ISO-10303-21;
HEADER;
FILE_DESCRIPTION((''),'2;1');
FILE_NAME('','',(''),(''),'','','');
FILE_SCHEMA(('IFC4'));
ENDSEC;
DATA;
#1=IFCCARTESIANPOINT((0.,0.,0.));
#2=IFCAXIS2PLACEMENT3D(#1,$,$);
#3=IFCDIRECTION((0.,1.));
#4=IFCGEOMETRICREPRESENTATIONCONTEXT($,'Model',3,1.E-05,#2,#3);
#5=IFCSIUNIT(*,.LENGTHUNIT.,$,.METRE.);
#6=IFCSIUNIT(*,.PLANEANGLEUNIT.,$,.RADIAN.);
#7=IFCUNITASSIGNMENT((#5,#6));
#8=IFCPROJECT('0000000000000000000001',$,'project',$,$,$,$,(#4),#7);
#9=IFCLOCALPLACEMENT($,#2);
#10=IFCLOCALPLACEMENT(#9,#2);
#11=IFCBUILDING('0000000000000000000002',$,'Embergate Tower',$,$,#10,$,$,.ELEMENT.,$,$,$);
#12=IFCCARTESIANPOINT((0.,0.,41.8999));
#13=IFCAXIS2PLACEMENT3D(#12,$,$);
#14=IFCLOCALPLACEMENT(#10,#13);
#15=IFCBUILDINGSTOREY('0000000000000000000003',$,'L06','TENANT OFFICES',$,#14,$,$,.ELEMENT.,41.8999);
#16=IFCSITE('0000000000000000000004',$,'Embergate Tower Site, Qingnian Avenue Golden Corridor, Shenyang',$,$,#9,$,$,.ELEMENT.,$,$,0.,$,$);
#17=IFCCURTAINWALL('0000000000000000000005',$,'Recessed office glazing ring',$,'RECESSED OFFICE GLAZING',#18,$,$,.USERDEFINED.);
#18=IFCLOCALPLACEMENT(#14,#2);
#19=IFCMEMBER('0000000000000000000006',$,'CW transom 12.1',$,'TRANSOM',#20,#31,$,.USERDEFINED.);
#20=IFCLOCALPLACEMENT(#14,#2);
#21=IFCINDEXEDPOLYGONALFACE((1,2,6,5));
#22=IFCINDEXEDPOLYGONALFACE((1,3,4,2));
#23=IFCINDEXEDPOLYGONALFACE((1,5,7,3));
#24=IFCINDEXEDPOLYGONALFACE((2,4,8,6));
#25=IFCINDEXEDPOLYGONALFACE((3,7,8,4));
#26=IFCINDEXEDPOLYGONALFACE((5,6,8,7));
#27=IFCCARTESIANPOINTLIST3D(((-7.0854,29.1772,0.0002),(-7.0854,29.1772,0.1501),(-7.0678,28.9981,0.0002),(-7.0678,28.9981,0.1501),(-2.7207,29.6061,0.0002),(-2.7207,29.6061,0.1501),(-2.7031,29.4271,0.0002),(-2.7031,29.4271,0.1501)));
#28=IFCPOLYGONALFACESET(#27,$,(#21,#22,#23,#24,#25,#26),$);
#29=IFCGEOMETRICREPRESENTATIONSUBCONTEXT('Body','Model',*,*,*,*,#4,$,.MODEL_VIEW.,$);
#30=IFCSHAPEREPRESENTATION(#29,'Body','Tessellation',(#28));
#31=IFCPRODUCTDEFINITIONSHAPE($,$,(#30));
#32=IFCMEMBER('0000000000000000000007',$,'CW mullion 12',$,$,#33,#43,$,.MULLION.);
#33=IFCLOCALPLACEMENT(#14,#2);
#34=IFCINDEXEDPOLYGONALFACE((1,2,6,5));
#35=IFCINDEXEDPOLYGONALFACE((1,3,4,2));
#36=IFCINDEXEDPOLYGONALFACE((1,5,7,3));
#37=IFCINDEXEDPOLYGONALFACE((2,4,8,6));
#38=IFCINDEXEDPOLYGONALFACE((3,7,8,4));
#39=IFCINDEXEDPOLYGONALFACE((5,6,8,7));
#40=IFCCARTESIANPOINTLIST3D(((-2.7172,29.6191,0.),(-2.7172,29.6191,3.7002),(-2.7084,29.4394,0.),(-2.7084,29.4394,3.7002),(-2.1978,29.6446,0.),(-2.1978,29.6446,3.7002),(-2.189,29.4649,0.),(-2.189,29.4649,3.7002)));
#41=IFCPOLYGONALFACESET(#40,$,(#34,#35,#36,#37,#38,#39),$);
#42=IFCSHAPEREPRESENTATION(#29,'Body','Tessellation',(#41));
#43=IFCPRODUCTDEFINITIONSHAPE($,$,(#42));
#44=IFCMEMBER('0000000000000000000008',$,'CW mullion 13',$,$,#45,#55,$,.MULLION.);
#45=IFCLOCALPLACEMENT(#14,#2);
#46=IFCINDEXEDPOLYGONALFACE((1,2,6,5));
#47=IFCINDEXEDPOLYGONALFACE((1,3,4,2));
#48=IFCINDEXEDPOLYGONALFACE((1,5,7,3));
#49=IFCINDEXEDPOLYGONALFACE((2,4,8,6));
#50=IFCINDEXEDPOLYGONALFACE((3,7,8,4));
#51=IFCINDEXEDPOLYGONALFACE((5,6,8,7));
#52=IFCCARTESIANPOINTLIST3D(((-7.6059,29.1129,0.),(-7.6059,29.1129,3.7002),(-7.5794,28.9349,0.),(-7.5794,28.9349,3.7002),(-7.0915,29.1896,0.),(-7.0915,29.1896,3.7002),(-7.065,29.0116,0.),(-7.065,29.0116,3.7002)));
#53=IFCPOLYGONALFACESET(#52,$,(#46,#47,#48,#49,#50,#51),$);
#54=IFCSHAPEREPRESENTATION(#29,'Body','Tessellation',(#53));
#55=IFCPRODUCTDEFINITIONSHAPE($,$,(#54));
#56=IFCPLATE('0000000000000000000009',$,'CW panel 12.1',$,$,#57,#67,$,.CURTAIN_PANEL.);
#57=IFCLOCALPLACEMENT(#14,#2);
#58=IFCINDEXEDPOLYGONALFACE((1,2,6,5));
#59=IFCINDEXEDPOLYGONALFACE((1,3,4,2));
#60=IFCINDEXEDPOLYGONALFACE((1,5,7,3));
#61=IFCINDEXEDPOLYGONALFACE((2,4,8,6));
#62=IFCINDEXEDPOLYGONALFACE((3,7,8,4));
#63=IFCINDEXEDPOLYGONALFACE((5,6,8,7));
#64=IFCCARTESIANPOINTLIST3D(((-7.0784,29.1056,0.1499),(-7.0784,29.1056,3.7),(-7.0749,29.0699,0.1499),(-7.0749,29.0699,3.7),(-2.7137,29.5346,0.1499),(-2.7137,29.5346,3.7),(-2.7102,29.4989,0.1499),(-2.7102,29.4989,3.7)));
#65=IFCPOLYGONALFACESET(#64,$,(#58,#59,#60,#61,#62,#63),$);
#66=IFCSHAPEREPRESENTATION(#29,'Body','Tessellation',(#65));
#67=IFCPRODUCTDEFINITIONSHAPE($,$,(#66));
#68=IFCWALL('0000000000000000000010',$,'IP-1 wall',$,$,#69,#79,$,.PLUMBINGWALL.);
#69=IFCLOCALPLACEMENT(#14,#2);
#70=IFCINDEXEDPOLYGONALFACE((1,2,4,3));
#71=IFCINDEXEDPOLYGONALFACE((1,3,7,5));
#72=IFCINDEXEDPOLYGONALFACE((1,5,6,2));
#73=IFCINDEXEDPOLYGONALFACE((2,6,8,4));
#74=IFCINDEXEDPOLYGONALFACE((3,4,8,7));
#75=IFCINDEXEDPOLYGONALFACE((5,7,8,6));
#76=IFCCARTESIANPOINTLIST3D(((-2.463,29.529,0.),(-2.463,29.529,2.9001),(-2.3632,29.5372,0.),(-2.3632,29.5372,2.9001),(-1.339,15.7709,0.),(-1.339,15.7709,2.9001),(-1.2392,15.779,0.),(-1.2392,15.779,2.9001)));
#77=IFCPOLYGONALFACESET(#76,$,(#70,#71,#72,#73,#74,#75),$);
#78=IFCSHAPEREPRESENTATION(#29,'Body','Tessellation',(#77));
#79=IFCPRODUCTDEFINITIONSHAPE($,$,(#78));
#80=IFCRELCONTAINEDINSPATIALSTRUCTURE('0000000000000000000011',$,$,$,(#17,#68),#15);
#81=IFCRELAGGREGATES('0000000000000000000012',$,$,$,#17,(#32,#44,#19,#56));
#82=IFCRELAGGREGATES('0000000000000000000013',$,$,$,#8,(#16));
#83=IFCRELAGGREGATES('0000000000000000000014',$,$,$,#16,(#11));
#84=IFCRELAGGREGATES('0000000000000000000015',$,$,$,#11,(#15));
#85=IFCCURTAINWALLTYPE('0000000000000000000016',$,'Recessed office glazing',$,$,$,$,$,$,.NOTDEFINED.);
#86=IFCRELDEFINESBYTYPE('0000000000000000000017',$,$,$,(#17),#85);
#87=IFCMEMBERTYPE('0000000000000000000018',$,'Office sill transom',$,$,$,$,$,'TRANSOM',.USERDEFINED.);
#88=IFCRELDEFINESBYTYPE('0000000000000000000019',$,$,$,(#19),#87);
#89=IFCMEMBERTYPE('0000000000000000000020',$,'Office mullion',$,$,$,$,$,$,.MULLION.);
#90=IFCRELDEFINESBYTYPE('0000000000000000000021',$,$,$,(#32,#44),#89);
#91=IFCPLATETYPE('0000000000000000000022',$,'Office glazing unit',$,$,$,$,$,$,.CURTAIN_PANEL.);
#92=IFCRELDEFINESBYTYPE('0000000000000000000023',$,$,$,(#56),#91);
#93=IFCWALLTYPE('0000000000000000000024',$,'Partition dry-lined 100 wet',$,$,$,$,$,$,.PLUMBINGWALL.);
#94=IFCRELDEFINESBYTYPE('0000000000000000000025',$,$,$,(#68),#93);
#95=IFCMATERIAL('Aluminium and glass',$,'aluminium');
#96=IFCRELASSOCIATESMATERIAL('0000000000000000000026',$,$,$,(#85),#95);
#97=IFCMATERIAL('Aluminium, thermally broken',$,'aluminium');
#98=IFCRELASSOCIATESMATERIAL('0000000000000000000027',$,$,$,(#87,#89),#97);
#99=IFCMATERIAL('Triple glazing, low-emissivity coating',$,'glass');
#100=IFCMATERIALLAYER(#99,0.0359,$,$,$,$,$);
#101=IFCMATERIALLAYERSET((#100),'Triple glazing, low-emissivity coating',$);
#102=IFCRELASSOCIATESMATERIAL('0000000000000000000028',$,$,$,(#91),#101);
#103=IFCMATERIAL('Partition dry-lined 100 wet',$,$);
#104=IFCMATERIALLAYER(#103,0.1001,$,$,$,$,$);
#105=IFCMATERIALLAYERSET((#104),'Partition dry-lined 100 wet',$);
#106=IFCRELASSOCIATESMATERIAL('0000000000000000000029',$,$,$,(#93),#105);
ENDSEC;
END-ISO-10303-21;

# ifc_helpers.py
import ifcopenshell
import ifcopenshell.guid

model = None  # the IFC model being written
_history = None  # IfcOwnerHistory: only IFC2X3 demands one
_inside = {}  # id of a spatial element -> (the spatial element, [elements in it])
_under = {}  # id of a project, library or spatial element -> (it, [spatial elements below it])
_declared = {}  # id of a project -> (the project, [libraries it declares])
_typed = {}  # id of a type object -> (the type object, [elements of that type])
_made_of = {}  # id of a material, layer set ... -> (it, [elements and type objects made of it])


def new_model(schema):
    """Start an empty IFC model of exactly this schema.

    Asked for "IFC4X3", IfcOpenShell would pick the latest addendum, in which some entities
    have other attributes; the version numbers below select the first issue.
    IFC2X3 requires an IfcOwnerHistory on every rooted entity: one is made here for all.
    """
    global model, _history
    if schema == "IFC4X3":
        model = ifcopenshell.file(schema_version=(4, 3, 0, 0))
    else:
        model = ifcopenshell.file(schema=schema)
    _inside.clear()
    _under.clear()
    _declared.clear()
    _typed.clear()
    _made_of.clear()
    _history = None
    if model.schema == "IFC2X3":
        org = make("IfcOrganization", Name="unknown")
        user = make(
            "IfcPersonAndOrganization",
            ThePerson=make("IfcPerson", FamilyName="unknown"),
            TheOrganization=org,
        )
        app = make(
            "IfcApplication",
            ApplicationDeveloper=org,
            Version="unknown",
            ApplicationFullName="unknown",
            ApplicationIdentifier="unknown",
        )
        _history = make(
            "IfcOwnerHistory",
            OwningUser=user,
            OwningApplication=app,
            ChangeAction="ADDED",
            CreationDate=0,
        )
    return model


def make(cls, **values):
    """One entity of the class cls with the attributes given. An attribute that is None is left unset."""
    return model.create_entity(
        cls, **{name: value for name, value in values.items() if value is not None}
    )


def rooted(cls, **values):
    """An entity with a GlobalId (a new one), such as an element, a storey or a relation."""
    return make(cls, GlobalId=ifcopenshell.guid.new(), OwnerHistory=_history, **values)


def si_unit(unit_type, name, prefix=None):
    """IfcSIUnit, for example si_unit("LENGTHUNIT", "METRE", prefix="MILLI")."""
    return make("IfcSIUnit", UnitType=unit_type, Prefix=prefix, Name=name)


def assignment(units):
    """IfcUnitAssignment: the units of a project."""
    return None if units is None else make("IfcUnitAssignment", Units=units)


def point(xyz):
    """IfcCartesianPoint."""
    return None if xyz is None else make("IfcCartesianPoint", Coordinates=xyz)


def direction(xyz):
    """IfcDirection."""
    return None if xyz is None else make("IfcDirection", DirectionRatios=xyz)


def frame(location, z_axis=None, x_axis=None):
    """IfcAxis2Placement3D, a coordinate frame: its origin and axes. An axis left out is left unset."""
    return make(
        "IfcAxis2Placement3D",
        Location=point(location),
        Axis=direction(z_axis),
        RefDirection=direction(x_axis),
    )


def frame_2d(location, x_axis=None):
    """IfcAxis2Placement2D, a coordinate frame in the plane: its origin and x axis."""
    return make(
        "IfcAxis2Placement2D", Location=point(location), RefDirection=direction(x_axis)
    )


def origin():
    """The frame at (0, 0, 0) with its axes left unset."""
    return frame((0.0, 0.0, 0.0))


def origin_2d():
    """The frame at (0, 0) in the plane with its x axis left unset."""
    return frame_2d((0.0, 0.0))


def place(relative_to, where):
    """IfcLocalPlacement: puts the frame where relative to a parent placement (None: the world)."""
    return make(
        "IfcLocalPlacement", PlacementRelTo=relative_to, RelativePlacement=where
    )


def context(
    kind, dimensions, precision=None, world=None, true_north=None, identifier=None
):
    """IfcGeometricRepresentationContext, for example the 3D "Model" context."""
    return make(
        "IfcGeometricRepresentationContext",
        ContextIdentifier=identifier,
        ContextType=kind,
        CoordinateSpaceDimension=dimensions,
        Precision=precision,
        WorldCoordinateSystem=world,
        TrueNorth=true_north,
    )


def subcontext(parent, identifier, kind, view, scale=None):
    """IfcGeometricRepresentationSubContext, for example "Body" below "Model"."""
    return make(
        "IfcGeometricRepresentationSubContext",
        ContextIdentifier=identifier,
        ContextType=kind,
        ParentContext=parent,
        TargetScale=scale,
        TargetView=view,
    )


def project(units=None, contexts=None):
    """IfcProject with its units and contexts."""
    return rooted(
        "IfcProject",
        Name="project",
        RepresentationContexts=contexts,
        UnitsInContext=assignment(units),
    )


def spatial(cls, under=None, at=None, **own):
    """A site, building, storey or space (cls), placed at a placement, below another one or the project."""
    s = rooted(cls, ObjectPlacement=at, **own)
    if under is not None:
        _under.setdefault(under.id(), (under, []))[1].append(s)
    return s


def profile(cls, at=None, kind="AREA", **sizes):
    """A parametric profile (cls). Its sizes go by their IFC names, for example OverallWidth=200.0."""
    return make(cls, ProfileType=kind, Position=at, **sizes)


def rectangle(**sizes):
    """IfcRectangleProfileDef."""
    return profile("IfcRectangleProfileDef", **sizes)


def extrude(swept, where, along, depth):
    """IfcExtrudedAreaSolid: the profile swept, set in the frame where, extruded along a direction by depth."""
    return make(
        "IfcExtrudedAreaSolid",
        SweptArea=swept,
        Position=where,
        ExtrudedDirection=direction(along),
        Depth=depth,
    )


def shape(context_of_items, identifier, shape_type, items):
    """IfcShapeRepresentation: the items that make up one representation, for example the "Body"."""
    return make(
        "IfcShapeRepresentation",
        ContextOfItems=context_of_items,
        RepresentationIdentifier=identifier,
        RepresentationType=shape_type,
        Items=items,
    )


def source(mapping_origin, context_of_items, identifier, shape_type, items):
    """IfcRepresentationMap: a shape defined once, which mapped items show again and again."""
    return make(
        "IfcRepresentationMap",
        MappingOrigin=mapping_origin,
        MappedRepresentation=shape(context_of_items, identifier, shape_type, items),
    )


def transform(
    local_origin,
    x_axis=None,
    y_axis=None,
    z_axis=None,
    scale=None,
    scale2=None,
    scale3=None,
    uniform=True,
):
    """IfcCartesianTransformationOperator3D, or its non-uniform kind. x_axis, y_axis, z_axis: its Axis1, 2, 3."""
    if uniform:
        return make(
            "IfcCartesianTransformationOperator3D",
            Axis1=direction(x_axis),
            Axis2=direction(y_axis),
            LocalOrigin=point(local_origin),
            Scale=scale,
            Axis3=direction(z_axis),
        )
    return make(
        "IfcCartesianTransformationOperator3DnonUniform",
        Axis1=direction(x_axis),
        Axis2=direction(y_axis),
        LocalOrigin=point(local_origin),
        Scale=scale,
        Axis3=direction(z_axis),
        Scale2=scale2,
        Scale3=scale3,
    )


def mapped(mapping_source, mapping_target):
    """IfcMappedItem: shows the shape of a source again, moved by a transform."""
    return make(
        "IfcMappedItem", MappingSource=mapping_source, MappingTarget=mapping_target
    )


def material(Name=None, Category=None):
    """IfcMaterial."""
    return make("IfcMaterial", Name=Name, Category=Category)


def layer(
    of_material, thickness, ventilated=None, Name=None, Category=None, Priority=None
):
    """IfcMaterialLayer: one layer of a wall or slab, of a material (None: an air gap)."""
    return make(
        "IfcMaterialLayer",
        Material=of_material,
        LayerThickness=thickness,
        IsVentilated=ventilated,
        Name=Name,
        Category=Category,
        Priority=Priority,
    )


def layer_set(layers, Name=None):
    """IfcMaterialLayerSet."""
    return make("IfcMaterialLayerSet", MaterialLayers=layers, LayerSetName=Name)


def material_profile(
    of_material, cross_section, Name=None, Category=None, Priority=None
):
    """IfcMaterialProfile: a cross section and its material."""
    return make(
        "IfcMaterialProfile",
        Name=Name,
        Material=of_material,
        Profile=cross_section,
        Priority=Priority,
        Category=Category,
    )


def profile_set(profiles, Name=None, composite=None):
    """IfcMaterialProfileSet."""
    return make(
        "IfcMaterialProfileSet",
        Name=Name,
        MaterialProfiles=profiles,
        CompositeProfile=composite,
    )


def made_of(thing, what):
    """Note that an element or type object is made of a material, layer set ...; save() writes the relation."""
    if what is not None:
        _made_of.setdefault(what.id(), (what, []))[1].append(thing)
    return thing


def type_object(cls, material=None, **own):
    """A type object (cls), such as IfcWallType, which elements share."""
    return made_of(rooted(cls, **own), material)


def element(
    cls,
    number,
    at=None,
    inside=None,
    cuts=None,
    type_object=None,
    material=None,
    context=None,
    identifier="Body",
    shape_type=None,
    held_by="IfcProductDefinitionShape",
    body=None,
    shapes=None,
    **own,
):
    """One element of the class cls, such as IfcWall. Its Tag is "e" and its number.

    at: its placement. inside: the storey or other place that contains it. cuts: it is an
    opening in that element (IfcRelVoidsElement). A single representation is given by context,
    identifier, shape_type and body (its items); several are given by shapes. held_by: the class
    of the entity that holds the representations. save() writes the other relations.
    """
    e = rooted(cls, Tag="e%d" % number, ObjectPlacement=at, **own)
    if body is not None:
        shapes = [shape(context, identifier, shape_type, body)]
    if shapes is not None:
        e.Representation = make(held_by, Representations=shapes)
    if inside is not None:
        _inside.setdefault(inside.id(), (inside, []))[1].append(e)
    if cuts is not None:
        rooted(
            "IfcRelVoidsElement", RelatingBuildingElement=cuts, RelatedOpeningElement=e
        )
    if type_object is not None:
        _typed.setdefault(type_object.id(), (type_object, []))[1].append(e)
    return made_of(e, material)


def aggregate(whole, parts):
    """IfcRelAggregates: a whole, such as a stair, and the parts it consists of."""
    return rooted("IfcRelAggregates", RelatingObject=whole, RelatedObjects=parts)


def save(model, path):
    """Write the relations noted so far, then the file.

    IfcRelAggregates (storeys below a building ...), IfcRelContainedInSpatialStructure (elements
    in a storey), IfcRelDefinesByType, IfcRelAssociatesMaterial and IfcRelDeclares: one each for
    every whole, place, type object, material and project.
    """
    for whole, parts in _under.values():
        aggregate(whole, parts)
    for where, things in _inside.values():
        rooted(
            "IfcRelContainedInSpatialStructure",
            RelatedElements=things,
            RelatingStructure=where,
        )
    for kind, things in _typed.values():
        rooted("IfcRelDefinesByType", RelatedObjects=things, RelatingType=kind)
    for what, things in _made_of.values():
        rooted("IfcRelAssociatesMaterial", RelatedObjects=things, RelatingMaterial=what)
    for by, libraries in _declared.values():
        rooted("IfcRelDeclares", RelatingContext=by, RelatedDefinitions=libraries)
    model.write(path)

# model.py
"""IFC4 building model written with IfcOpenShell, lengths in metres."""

from ifc_helpers import new_model, si_unit, direction, frame, frame_2d, origin, origin_2d, place, context, subcontext, project, spatial, rectangle, extrude, source, transform, mapped, material, layer, layer_set, material_profile, profile_set, type_object, element, aggregate, save


model = new_model("IFC4")

# Units and contexts
model_context = context("Model", 3, precision=1e-05, world=origin(), true_north=direction((0.0, 1.0)))
body_context = subcontext(model_context, "Body", "Model", "MODEL_VIEW")
ifc_project = project(units=[si_unit("LENGTHUNIT", "METRE"), si_unit("PLANEANGLEUNIT", "RADIAN")], contexts=[model_context])

# Site, building, storey
site_placement = place(None, origin())
site = spatial("IfcSite", under=ifc_project, at=site_placement, Name="Embergate Tower Site, Qingnian Avenue Golden Corridor, Shenyang", CompositionType="ELEMENT", RefElevation=0.0)
building_placement = place(site_placement, origin())
building = spatial("IfcBuilding", under=site, at=building_placement, Name="Embergate Tower", CompositionType="ELEMENT")
storey_placement = place(building_placement, frame((0.0, 0.0, 41.8999)))
storey = spatial("IfcBuildingStorey", under=building, at=storey_placement, Name="L06", Description="TENANT OFFICES", CompositionType="ELEMENT", Elevation=41.8999)

# Curtain wall, members, plate
ifc_material_1 = material(Name="Aluminium and glass", Category="aluminium")
curtain_wall_type = type_object("IfcCurtainWallType", Name="Recessed office glazing", PredefinedType="NOTDEFINED", material=ifc_material_1)
curtain_wall_placement = place(storey_placement, origin())
curtain_wall = element("IfcCurtainWall", 1, at=curtain_wall_placement, inside=storey, type_object=curtain_wall_type, Name="Recessed office glazing ring", ObjectType="RECESSED OFFICE GLAZING", PredefinedType="USERDEFINED")
ifc_material_2 = material(Name="Aluminium, thermally broken", Category="aluminium")
ifc_material_profile_1 = material_profile(ifc_material_2, rectangle(XDim=0.1799, YDim=0.1499, at=origin_2d()), Name="AL 150x180")
ifc_profile_set_1 = profile_set([ifc_material_profile_1], Name="Aluminium, thermally broken")
member_type_1 = type_object("IfcMemberType", Name="Office sill transom", ElementType="TRANSOM", PredefinedType="USERDEFINED", material=ifc_profile_set_1)
shared_shape_1 = source(origin(), body_context, "Body", "SweptSolid", [
    extrude(rectangle(XDim=0.1799, YDim=0.1499, at=origin_2d()), origin(), (0.0, 0.0, 1.0), 4.3857),
])
member_1_placement = place(storey_placement, frame((-2.7119, 29.5166, 0.0752), z_axis=(-0.995205, -0.097806, 0.0), x_axis=(0.097806, -0.995205, 0.0)))
member_1 = element("IfcMember", 2, at=member_1_placement, type_object=member_type_1, Name="CW transom 12.1", ObjectType="TRANSOM", PredefinedType="USERDEFINED", context=body_context, shape_type="MappedRepresentation", body=[
    mapped(shared_shape_1, transform((0.0, 0.0, 0.0))),
])
ifc_material_profile_2 = material_profile(ifc_material_2, rectangle(XDim=0.1799, YDim=0.52, at=origin_2d()), Name="AL 520x180")
ifc_profile_set_2 = profile_set([ifc_material_profile_2], Name="Aluminium, thermally broken")
member_type_2 = type_object("IfcMemberType", Name="Office mullion", PredefinedType="MULLION", material=ifc_profile_set_2)
shared_shape_2 = source(origin(), body_context, "Body", "SweptSolid", [
    extrude(rectangle(XDim=0.1799, YDim=0.52, at=origin_2d()), origin(), (0.0, 0.0, 1.0), 3.7002),
])
member_2_placement = place(storey_placement, frame((-2.4531, 29.542, 0.0), z_axis=(0.0, 0.0, 1.0), x_axis=(0.048972, -0.9988, 0.0)))
member_2 = element("IfcMember", 3, at=member_2_placement, type_object=member_type_2, Name="CW mullion 12", PredefinedType="MULLION", context=body_context, shape_type="MappedRepresentation", body=[
    mapped(shared_shape_2, transform((0.0, 0.0, 0.0))),
])
member_3_placement = place(storey_placement, frame((-7.3354, 29.0623, 0.0), z_axis=(0.0, 0.0, 1.0), x_axis=(0.147411, -0.989075, 0.0)))
member_3 = element("IfcMember", 4, at=member_3_placement, type_object=member_type_2, Name="CW mullion 13", PredefinedType="MULLION", context=body_context, shape_type="MappedRepresentation", body=[
    mapped(shared_shape_2, transform((0.0, 0.0, 0.0))),
])
ifc_material_3 = material(Name="Triple glazing, low-emissivity coating", Category="glass")
ifc_layer_1 = layer(ifc_material_3, 0.0359)
ifc_layer_set_1 = layer_set([ifc_layer_1], Name="Triple glazing, low-emissivity coating")
plate_type = type_object("IfcPlateType", Name="Office glazing unit", PredefinedType="CURTAIN_PANEL", material=ifc_layer_set_1)
shared_shape_3 = source(origin(), body_context, "Body", "SweptSolid", [
    extrude(rectangle(XDim=4.3857, YDim=0.0359, at=origin_2d()), origin(), (0.0, 0.0, 1.0), 3.55),
])
plate_placement = place(storey_placement, frame((-4.8943, 29.3022, 0.1499), z_axis=(0.0, 0.0, 1.0), x_axis=(-0.995203, -0.09783, 0.0)))
plate = element("IfcPlate", 5, at=plate_placement, type_object=plate_type, Name="CW panel 12.1", PredefinedType="CURTAIN_PANEL", context=body_context, shape_type="MappedRepresentation", body=[
    mapped(shared_shape_3, transform((0.0, 0.0, 0.0))),
])
aggregate(curtain_wall, [member_2, member_3, member_1, plate])

# Wall
ifc_material_4 = material(Name="Partition dry-lined 100 wet")
ifc_layer_2 = layer(ifc_material_4, 0.1001)
ifc_layer_set_2 = layer_set([ifc_layer_2], Name="Partition dry-lined 100 wet")
wall_type = type_object("IfcWallType", Name="Partition dry-lined 100 wet", PredefinedType="PLUMBINGWALL", material=ifc_layer_set_2)
shared_shape_4 = source(origin(), body_context, "Body", "SweptSolid", [
    extrude(rectangle(XDim=13.804, YDim=0.1001, at=frame_2d((6.9019, 0.0))), origin(), (0.0, 0.0, 1.0), 2.9001),
])
wall_placement = place(storey_placement, frame((-2.4131, 29.533, 0.0), z_axis=(0.0, 0.0, 1.0), x_axis=(0.081428, -0.996679, 0.0)))
element("IfcWall", 6, at=wall_placement, inside=storey, type_object=wall_type, Name="IP-1 wall", PredefinedType="PLUMBINGWALL", context=body_context, shape_type="MappedRepresentation", body=[
    mapped(shared_shape_4, transform((0.0, 0.0, 0.0))),
])

save(model, "model.ifc")
